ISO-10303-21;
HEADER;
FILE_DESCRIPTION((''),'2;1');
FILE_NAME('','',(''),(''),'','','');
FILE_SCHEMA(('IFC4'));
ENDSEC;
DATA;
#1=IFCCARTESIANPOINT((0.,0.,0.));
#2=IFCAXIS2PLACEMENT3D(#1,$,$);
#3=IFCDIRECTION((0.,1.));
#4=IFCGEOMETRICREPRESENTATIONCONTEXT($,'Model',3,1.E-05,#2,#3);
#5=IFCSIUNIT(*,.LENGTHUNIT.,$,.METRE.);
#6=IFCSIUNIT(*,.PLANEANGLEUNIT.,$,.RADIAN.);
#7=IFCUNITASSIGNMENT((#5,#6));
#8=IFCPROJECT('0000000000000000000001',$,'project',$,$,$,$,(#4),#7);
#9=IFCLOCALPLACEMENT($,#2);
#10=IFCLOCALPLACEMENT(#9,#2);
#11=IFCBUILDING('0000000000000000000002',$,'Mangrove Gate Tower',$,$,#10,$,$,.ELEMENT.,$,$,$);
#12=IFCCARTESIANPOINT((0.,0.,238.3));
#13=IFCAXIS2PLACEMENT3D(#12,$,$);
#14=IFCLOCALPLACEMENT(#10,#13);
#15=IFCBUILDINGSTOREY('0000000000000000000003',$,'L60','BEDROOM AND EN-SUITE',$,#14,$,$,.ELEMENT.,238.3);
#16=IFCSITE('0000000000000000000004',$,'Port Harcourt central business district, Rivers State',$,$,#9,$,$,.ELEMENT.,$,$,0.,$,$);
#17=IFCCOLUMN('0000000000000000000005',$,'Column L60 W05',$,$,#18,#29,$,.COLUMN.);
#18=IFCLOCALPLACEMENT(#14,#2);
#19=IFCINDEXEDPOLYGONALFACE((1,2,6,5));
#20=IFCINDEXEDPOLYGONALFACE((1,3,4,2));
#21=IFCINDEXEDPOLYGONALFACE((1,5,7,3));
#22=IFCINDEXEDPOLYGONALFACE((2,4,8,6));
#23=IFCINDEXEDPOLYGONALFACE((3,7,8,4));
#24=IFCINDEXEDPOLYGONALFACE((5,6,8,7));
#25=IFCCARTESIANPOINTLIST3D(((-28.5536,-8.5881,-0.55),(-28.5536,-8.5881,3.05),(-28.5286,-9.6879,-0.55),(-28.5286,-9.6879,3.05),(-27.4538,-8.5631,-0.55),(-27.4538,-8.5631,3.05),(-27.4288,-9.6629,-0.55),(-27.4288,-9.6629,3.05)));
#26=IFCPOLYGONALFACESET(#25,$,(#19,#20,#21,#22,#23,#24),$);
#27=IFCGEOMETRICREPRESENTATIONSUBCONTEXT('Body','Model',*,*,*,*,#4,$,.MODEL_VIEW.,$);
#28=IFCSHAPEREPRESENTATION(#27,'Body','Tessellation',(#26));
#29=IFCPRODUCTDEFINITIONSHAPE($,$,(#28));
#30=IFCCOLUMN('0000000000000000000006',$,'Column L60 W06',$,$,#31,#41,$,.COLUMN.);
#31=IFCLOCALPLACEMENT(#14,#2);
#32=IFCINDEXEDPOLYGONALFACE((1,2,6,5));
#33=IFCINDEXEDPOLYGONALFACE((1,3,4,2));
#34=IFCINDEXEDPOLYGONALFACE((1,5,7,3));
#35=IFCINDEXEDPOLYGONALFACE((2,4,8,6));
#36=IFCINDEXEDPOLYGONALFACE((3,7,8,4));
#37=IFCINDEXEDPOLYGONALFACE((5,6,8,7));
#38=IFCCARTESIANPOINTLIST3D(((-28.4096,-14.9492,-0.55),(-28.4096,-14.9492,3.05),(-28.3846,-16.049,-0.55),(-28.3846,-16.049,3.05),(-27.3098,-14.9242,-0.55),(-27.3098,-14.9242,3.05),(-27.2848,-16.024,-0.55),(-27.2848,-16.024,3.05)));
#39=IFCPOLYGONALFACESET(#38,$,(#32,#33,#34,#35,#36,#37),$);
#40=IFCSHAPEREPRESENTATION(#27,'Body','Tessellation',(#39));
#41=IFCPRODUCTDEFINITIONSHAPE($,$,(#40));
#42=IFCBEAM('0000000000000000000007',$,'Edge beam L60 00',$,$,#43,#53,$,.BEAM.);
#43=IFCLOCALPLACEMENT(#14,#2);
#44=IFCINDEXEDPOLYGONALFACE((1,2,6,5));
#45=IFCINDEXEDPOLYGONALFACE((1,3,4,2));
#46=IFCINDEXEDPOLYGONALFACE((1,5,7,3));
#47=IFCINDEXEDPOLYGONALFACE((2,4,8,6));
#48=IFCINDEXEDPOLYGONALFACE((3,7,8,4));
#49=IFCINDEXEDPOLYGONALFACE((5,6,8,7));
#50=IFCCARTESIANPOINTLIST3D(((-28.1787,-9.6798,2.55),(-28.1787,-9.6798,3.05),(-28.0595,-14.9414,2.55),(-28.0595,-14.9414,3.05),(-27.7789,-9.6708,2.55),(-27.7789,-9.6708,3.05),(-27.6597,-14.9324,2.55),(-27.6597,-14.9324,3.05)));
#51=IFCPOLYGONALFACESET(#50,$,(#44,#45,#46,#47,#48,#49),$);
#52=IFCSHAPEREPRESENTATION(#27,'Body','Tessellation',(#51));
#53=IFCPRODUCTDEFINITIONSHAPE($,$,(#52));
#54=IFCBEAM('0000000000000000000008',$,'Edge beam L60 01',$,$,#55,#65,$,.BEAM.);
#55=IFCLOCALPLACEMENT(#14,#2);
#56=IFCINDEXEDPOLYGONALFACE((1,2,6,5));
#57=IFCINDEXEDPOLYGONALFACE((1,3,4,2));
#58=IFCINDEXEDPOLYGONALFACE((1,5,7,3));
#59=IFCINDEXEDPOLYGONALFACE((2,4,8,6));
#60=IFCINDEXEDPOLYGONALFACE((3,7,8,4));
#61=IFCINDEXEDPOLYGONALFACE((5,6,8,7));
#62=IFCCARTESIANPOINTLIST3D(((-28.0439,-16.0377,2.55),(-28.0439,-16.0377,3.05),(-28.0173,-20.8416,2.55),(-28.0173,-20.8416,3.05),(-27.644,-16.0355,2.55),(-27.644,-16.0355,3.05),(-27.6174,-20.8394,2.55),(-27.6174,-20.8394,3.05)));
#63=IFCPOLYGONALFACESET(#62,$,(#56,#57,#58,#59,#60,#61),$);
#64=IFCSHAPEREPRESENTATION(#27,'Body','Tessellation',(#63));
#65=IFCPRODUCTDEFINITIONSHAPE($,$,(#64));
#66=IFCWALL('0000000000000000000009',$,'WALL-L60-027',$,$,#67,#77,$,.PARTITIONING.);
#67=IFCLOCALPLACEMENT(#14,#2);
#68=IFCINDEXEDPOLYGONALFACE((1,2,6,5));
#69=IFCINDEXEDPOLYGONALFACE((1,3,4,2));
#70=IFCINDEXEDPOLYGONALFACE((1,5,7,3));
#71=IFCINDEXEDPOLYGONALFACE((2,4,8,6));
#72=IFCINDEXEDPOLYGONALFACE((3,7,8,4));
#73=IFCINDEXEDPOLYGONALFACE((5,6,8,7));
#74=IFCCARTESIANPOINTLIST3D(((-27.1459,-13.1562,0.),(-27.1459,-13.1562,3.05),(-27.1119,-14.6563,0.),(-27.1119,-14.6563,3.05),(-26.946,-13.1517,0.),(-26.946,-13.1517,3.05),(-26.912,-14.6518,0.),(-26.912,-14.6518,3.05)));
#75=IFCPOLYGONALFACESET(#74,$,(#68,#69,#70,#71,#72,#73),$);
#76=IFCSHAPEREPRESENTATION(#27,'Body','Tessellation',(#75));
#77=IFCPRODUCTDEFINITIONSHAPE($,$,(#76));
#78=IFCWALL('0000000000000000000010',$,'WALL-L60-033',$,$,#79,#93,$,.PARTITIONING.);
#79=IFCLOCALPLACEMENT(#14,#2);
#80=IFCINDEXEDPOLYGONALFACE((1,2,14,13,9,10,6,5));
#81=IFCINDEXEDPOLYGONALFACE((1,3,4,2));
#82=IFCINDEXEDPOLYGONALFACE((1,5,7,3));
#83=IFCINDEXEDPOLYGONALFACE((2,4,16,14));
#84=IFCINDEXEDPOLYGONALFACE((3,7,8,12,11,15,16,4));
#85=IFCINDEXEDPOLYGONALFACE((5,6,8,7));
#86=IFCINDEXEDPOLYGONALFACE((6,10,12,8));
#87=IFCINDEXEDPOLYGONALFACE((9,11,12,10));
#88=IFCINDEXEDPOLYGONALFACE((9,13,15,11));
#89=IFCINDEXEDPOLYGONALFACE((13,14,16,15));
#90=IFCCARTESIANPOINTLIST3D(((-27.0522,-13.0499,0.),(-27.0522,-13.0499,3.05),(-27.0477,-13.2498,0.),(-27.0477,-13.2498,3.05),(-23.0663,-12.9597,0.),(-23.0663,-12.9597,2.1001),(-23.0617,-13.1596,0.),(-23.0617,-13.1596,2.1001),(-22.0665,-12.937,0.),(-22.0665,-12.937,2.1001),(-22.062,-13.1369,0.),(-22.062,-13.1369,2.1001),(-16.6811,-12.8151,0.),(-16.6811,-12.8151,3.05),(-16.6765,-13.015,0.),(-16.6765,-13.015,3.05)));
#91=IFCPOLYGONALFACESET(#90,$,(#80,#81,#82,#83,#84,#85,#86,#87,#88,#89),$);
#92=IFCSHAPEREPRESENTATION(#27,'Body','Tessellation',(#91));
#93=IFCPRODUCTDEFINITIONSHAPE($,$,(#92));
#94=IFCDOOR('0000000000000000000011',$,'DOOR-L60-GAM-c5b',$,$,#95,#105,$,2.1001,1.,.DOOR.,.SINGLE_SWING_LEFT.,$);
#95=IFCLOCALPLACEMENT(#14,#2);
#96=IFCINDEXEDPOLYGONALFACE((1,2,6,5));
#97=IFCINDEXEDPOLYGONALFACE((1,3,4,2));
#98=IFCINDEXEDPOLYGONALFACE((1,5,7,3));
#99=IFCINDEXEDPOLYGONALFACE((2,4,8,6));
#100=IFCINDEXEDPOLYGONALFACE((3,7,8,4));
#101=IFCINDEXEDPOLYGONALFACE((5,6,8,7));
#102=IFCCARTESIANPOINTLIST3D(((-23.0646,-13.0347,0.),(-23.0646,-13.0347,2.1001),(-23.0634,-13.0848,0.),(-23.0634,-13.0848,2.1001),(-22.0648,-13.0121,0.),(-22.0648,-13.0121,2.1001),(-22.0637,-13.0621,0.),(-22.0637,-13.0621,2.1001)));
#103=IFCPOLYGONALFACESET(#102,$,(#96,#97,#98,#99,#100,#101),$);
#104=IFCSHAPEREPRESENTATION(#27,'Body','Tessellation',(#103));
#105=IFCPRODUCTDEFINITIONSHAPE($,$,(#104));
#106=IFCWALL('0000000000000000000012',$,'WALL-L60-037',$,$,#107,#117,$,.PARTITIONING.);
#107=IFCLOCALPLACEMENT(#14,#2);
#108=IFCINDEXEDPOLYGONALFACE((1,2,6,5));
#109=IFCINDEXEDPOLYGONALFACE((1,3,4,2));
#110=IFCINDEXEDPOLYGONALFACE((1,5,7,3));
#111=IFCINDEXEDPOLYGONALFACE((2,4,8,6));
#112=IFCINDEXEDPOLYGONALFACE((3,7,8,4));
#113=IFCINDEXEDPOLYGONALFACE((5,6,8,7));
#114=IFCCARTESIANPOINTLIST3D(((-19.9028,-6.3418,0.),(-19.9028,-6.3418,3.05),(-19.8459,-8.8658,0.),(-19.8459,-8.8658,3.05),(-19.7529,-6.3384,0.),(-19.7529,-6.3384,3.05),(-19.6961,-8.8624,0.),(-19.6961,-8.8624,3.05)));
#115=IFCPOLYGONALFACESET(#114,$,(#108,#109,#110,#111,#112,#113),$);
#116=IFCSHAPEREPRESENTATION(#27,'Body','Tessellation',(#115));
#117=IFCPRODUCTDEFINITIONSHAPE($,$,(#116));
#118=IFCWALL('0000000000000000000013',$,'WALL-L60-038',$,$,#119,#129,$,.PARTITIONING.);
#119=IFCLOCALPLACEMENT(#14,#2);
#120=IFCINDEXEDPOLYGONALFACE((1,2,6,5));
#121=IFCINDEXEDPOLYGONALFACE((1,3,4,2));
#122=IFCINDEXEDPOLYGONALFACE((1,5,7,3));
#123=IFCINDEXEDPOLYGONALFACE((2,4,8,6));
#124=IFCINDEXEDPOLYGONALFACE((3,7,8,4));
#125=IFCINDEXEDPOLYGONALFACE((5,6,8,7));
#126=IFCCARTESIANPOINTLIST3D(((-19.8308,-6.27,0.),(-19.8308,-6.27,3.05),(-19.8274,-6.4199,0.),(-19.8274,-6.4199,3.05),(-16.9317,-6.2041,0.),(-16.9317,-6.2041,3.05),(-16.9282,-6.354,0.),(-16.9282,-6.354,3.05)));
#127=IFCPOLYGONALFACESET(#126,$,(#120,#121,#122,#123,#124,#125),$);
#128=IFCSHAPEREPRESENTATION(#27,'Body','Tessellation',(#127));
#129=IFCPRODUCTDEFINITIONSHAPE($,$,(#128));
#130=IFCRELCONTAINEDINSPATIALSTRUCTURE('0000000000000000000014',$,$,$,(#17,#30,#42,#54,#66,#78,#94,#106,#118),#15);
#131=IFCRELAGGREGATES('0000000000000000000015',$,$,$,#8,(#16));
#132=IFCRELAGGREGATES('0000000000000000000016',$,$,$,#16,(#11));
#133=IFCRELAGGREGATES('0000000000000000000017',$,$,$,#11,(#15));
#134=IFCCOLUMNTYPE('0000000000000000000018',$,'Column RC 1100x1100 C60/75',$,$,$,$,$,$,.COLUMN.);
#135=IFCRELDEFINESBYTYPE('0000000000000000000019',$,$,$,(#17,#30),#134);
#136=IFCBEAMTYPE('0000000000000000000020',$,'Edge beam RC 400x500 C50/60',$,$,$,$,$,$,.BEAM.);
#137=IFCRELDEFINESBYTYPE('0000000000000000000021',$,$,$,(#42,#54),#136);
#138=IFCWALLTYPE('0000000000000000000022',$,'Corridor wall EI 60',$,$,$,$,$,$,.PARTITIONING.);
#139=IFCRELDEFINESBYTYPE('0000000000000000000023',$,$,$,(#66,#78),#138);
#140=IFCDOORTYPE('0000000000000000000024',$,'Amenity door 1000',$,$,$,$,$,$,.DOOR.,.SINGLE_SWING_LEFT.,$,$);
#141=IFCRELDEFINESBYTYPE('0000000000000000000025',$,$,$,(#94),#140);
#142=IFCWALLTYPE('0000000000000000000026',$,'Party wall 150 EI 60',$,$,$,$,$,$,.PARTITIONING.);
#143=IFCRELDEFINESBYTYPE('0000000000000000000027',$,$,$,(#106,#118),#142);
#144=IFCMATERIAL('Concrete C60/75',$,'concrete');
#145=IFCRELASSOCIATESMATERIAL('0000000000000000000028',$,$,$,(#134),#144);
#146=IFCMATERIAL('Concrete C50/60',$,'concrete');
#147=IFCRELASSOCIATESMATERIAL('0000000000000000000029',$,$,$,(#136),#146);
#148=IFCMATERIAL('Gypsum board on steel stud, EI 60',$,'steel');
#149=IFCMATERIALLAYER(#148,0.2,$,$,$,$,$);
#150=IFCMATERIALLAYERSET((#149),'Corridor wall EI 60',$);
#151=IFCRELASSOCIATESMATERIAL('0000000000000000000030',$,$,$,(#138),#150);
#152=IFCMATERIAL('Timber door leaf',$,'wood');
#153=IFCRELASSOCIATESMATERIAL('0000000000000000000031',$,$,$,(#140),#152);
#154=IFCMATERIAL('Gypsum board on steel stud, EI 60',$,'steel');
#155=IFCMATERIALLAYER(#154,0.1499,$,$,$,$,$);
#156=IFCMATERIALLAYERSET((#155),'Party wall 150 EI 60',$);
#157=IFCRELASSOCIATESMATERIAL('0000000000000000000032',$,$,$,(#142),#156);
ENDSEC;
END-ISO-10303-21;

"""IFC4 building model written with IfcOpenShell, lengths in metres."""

from ifc_helpers import new_model, si_unit, direction, frame, frame_2d, origin, origin_2d, place, context, subcontext, project, spatial, rectangle, extrude, material, layer, layer_set, material_profile, profile_set, type_object, element, fill, save


model = new_model("IFC4")

# Units and contexts
model_context = context("Model", 3, precision=1e-05, world=origin(), true_north=direction((0.0, 1.0)))
body_context = subcontext(model_context, "Body", "Model", "MODEL_VIEW")
ifc_project = project(units=[si_unit("LENGTHUNIT", "METRE"), si_unit("PLANEANGLEUNIT", "RADIAN")], contexts=[model_context])

# Site, building, storey
site_placement = place(None, origin())
site = spatial("IfcSite", under=ifc_project, at=site_placement, Name="Port Harcourt central business district, Rivers State", CompositionType="ELEMENT", RefElevation=0.0)
building_placement = place(site_placement, origin())
building = spatial("IfcBuilding", under=site, at=building_placement, Name="Mangrove Gate Tower", CompositionType="ELEMENT")
storey_placement = place(building_placement, frame((0.0, 0.0, 238.3)))
storey = spatial("IfcBuildingStorey", under=building, at=storey_placement, Name="L60", Description="BEDROOM AND EN-SUITE", CompositionType="ELEMENT", Elevation=238.3)

# Columns
ifc_material_1 = material(Name="Concrete C60/75", Category="concrete")
ifc_material_profile_1 = material_profile(ifc_material_1, rectangle(XDim=1.1001, YDim=1.1001, at=origin_2d()))
ifc_profile_set_1 = profile_set([ifc_material_profile_1], Name="Concrete C60/75")
column_type = type_object("IfcColumnType", Name="Column RC 1100x1100 C60/75", PredefinedType="COLUMN", material=ifc_profile_set_1)
for number, where, z_axis, x_axis, name in (
    (1, (-27.9912, -9.1255, -0.55), (0.0, 0.0, 1.0), (0.022672, -0.999743, 0.0), "Column L60 W05"),
    (2, (-27.8472, -15.4866, -0.55), (0.0, 0.0, 1.0), (0.022711, -0.999742, 0.0), "Column L60 W06"),
):
    element("IfcColumn", number, at=place(storey_placement, frame(where, z_axis=z_axis, x_axis=x_axis)), inside=storey, type_object=column_type, Name=name, PredefinedType="COLUMN", context=body_context, shape_type="SweptSolid", body=[
        extrude(rectangle(XDim=1.1001, YDim=1.1001, at=origin_2d()), origin(), (0.0, 0.0, 1.0), 3.6001),
    ])

# Beams
ifc_material_2 = material(Name="Concrete C50/60", Category="concrete")
ifc_material_profile_2 = material_profile(ifc_material_2, rectangle(XDim=0.3999, YDim=0.5, at=origin_2d()))
ifc_profile_set_2 = profile_set([ifc_material_profile_2], Name="Concrete C50/60")
beam_type = type_object("IfcBeamType", Name="Edge beam RC 400x500 C50/60", PredefinedType="BEAM", material=ifc_profile_set_2)
beam_1_placement = place(storey_placement, frame((-27.9788, -9.6753, 2.8), z_axis=(0.022638, -0.999744, 0.0), x_axis=(0.999744, 0.022638, 0.0)))
element("IfcBeam", 3, at=beam_1_placement, inside=storey, type_object=beam_type, Name="Edge beam L60 00", PredefinedType="BEAM", context=body_context, shape_type="SweptSolid", body=[
    extrude(rectangle(XDim=0.3999, YDim=0.5, at=origin_2d()), origin(), (0.0, 0.0, 1.0), 5.2629),
])
beam_2_placement = place(storey_placement, frame((-27.844, -16.0366, 2.8), z_axis=(0.005539, -0.999985, 0.0), x_axis=(0.999985, 0.005539, 0.0)))
element("IfcBeam", 4, at=beam_2_placement, inside=storey, type_object=beam_type, Name="Edge beam L60 01", PredefinedType="BEAM", context=body_context, shape_type="SweptSolid", body=[
    extrude(rectangle(XDim=0.3999, YDim=0.5, at=origin_2d()), origin(), (0.0, 0.0, 1.0), 4.804),
])

# Wall
ifc_material_3 = material(Name="Gypsum board on steel stud, EI 60", Category="steel")
ifc_layer_1 = layer(ifc_material_3, 0.2)
ifc_layer_set_1 = layer_set([ifc_layer_1], Name="Corridor wall EI 60")
wall_type_1 = type_object("IfcWallType", Name="Corridor wall EI 60", PredefinedType="PARTITIONING", material=ifc_layer_set_1)
wall_1_placement = place(storey_placement, frame((-27.012, -14.6541, 0.0), z_axis=(0.0, 0.0, 1.0), x_axis=(-0.022618, 0.999744, 0.0)))
element("IfcWall", 5, at=wall_1_placement, inside=storey, type_object=wall_type_1, Name="WALL-L60-027", PredefinedType="PARTITIONING", context=body_context, shape_type="SweptSolid", body=[
    extrude(rectangle(XDim=1.5005, YDim=0.2, at=frame_2d((0.7502, 0.0))), origin(), (0.0, 0.0, 1.0), 3.05),
])

# Shared definitions
ifc_material_4 = material(Name="Timber door leaf", Category="wood")
door_type_1 = type_object("IfcDoorType", Name="Amenity door 1000", OperationType="SINGLE_SWING_LEFT", PredefinedType="DOOR", material=ifc_material_4)

# Wall, opening, door
wall_2_placement = place(storey_placement, frame((-27.05, -13.1499, 0.0), z_axis=(0.0, 0.0, 1.0), x_axis=(0.999744, 0.02264, 0.0)))
wall_2 = element("IfcWall", 6, at=wall_2_placement, inside=storey, type_object=wall_type_1, Name="WALL-L60-033", PredefinedType="PARTITIONING", context=body_context, shape_type="SweptSolid", body=[
    extrude(rectangle(XDim=10.3738, YDim=0.2, at=frame_2d((5.187, 0.0))), origin(), (0.0, 0.0, 1.0), 3.05),
])
opening_1_placement = place(wall_2_placement, frame((3.9871, 0.0, 0.0)))
opening_1 = element("IfcOpeningElement", 7, at=opening_1_placement, cuts=wall_2, PredefinedType="OPENING", context=body_context, shape_type="SweptSolid", body=[
    extrude(rectangle(XDim=1.0, YDim=2.1001, at=frame_2d((0.5, 1.05))), frame((0.0, 0.1099, 0.0), z_axis=(0.0, -1.0, 0.0), x_axis=(1.0, 0.0, 0.0)), (0.0, 0.0, 1.0), 0.22),
])
door_1_placement = place(opening_1_placement, origin())
door_1 = element("IfcDoor", 8, at=door_1_placement, inside=storey, type_object=door_type_1, Name="DOOR-L60-GAM-c5b", OperationType="SINGLE_SWING_LEFT", OverallHeight=2.1001, OverallWidth=1.0, PredefinedType="DOOR", context=body_context, shape_type="SweptSolid", body=[
    extrude(rectangle(XDim=1.0, YDim=2.1001, at=frame_2d((0.5, 1.05))), frame((0.0, 0.0249, 0.0), z_axis=(0.0, -1.0, 0.0), x_axis=(1.0, 0.0, 0.0)), (0.0, 0.0, 1.0), 0.05),
])
fill(opening_1, door_1)

# Walls
ifc_material_5 = material(Name="Gypsum board on steel stud, EI 60", Category="steel")
ifc_layer_2 = layer(ifc_material_5, 0.1499)
ifc_layer_set_2 = layer_set([ifc_layer_2], Name="Party wall 150 EI 60")
wall_type_2 = type_object("IfcWallType", Name="Party wall 150 EI 60", PredefinedType="PARTITIONING", material=ifc_layer_set_2)
wall_3_placement = place(storey_placement, frame((-19.771, -8.864, 0.0), z_axis=(0.0, 0.0, 1.0), x_axis=(-0.022532, 0.999746, 0.0)))
element("IfcWall", 9, at=wall_3_placement, inside=storey, type_object=wall_type_2, Name="WALL-L60-037", PredefinedType="PARTITIONING", context=body_context, shape_type="SweptSolid", body=[
    extrude(rectangle(XDim=2.5247, YDim=0.1499, at=frame_2d((1.2622, 0.0))), origin(), (0.0, 0.0, 1.0), 3.05),
])
wall_4_placement = place(storey_placement, frame((-19.8291, -6.345, 0.0), z_axis=(0.0, 0.0, 1.0), x_axis=(0.999742, 0.022731, 0.0)))
element("IfcWall", 10, at=wall_4_placement, inside=storey, type_object=wall_type_2, Name="WALL-L60-038", PredefinedType="PARTITIONING", context=body_context, shape_type="SweptSolid", body=[
    extrude(rectangle(XDim=2.8999, YDim=0.1499, at=frame_2d((1.45, 0.0))), origin(), (0.0, 0.0, 1.0), 3.05),
])

save(model, "model.ifc")
